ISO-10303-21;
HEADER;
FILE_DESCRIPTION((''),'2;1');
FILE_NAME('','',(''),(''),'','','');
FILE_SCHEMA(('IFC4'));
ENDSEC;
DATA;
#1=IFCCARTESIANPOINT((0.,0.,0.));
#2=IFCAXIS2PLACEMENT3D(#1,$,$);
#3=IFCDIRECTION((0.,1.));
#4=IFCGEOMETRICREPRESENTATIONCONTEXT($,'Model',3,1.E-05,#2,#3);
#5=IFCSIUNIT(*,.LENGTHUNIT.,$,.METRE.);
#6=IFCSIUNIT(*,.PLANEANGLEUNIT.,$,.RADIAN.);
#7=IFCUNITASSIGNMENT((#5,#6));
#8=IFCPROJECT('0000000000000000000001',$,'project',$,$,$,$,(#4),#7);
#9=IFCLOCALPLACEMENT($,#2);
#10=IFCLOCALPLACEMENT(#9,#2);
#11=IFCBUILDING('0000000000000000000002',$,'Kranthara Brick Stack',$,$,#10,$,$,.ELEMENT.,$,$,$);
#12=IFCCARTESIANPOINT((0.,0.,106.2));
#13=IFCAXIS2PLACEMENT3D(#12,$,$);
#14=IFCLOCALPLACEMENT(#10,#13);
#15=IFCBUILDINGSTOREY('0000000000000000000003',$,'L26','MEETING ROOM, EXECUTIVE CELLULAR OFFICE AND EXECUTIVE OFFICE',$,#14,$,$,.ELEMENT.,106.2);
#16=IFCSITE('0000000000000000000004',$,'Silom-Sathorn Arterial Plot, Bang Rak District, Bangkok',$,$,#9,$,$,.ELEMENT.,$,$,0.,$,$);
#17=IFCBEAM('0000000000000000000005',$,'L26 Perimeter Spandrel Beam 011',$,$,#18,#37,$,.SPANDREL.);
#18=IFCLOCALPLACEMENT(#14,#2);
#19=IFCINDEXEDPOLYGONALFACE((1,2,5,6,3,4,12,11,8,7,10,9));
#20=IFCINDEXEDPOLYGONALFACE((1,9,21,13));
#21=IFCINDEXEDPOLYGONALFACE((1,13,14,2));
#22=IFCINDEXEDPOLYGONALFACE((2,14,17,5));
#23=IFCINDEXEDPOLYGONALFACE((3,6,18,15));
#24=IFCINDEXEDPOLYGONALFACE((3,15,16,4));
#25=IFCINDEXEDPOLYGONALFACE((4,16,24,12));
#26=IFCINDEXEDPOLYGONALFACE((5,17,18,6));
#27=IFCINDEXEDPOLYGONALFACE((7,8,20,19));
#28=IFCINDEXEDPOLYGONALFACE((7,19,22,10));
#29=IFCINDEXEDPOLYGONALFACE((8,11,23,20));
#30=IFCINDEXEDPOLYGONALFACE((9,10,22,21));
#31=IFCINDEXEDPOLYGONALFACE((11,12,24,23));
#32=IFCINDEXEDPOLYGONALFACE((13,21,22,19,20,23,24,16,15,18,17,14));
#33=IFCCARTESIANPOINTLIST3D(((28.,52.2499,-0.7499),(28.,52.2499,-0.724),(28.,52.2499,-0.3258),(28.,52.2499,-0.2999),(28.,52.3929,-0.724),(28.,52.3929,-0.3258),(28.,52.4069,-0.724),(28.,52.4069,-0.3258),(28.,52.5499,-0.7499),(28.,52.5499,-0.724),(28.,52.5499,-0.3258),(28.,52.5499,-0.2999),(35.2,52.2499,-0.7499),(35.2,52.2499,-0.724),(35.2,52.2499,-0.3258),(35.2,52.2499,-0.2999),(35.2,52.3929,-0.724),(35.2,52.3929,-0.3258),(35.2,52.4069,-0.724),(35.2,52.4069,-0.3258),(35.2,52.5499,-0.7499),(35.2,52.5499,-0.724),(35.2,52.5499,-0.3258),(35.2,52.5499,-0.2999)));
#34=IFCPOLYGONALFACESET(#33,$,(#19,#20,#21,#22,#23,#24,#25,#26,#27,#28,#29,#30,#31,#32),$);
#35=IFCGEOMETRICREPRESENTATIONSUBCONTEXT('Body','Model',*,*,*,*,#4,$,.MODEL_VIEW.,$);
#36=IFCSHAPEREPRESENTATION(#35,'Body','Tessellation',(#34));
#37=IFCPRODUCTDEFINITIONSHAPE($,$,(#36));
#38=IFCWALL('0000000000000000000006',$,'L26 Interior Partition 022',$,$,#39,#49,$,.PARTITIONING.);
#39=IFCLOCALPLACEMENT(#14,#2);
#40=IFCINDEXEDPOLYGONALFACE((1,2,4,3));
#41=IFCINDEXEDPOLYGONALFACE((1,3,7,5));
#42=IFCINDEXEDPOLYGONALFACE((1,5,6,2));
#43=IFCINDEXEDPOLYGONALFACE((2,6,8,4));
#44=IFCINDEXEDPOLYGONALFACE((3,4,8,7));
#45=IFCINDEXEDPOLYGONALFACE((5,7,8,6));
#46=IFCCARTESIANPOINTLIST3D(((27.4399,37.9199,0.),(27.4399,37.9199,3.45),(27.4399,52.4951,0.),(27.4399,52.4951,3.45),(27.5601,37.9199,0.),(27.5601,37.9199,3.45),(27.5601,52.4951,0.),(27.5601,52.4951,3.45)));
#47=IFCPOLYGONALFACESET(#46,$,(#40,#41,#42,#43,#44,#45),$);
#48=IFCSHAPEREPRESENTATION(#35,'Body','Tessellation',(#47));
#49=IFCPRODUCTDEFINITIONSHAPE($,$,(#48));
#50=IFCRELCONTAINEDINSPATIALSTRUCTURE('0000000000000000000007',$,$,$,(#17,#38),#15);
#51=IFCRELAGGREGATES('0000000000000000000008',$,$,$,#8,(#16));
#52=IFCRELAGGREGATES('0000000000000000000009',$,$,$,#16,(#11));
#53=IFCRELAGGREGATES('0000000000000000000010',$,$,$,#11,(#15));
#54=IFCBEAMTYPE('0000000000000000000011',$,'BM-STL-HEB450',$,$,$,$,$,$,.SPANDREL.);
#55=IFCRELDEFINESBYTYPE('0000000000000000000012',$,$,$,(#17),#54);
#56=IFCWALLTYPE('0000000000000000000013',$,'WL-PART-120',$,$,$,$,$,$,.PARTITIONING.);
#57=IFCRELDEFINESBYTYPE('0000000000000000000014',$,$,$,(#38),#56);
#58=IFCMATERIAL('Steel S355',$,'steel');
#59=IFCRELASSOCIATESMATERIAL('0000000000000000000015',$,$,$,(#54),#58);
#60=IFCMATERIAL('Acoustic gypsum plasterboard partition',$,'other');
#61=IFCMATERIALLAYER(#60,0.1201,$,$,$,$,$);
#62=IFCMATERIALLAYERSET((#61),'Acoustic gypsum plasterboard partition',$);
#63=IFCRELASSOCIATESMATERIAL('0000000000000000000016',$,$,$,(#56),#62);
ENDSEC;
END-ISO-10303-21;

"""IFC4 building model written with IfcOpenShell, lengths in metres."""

from ifc_helpers import new_model, si_unit, direction, frame, frame_2d, origin, origin_2d, place, context, subcontext, project, spatial, rectangle, i_section, extrude, material, layer, layer_set, material_profile, profile_set, type_object, element, save


model = new_model("IFC4")

# Units and contexts
model_context = context("Model", 3, precision=1e-05, world=origin(), true_north=direction((0.0, 1.0)))
body_context = subcontext(model_context, "Body", "Model", "MODEL_VIEW")
ifc_project = project(units=[si_unit("LENGTHUNIT", "METRE"), si_unit("PLANEANGLEUNIT", "RADIAN")], contexts=[model_context])

# Site, building, storey
site_placement = place(None, origin())
site = spatial("IfcSite", under=ifc_project, at=site_placement, Name="Silom-Sathorn Arterial Plot, Bang Rak District, Bangkok", CompositionType="ELEMENT", RefElevation=0.0)
building_placement = place(site_placement, origin())
building = spatial("IfcBuilding", under=site, at=building_placement, Name="Kranthara Brick Stack", CompositionType="ELEMENT")
storey_placement = place(building_placement, frame((0.0, 0.0, 106.2)))
storey = spatial("IfcBuildingStorey", under=building, at=storey_placement, Name="L26", Description="MEETING ROOM, EXECUTIVE CELLULAR OFFICE AND EXECUTIVE OFFICE", CompositionType="ELEMENT", Elevation=106.2)

# Beam
ifc_material_1 = material(Name="Steel S355", Category="steel")
ifc_material_profile_1 = material_profile(ifc_material_1, i_section(OverallWidth=0.3, OverallDepth=0.45, WebThickness=0.0139, FlangeThickness=0.0259, at=origin_2d()), Name="HEB 450")
ifc_profile_set_1 = profile_set([ifc_material_profile_1], Name="Steel S355")
beam_type_1 = type_object("IfcBeamType", Name="BM-STL-HEB450", PredefinedType="SPANDREL", material=ifc_profile_set_1)
beam_1_placement = place(storey_placement, frame((28.0, 52.3999, -0.5249), z_axis=(1.0, 0.0, 0.0), x_axis=(0.0, 1.0, 0.0)))
element("IfcBeam", 1, at=beam_1_placement, inside=storey, type_object=beam_type_1, Name="L26 Perimeter Spandrel Beam 011", PredefinedType="SPANDREL", context=body_context, shape_type="SweptSolid", body=[
    extrude(i_section(OverallWidth=0.3, OverallDepth=0.45, WebThickness=0.0139, FlangeThickness=0.0259, at=origin_2d()), origin(), (0.0, 0.0, 1.0), 7.2),
])

# Wall
ifc_material_2 = material(Name="Acoustic gypsum plasterboard partition", Category="other")
ifc_layer = layer(ifc_material_2, 0.1201)
ifc_layer_set = layer_set([ifc_layer], Name="Acoustic gypsum plasterboard partition")
wall_type = type_object("IfcWallType", Name="WL-PART-120", PredefinedType="PARTITIONING", material=ifc_layer_set)
wall_placement = place(storey_placement, frame((27.5, 37.9199, 0.0), z_axis=(0.0, 0.0, 1.0), x_axis=(0.0, 1.0, 0.0)))
element("IfcWall", 2, at=wall_placement, inside=storey, type_object=wall_type, Name="L26 Interior Partition 022", PredefinedType="PARTITIONING", context=body_context, shape_type="SweptSolid", body=[
    extrude(rectangle(XDim=14.5752, YDim=0.1201, at=frame_2d((7.2876, 0.0))), origin(), (0.0, 0.0, 1.0), 3.45),
])

save(model, "model.ifc")
